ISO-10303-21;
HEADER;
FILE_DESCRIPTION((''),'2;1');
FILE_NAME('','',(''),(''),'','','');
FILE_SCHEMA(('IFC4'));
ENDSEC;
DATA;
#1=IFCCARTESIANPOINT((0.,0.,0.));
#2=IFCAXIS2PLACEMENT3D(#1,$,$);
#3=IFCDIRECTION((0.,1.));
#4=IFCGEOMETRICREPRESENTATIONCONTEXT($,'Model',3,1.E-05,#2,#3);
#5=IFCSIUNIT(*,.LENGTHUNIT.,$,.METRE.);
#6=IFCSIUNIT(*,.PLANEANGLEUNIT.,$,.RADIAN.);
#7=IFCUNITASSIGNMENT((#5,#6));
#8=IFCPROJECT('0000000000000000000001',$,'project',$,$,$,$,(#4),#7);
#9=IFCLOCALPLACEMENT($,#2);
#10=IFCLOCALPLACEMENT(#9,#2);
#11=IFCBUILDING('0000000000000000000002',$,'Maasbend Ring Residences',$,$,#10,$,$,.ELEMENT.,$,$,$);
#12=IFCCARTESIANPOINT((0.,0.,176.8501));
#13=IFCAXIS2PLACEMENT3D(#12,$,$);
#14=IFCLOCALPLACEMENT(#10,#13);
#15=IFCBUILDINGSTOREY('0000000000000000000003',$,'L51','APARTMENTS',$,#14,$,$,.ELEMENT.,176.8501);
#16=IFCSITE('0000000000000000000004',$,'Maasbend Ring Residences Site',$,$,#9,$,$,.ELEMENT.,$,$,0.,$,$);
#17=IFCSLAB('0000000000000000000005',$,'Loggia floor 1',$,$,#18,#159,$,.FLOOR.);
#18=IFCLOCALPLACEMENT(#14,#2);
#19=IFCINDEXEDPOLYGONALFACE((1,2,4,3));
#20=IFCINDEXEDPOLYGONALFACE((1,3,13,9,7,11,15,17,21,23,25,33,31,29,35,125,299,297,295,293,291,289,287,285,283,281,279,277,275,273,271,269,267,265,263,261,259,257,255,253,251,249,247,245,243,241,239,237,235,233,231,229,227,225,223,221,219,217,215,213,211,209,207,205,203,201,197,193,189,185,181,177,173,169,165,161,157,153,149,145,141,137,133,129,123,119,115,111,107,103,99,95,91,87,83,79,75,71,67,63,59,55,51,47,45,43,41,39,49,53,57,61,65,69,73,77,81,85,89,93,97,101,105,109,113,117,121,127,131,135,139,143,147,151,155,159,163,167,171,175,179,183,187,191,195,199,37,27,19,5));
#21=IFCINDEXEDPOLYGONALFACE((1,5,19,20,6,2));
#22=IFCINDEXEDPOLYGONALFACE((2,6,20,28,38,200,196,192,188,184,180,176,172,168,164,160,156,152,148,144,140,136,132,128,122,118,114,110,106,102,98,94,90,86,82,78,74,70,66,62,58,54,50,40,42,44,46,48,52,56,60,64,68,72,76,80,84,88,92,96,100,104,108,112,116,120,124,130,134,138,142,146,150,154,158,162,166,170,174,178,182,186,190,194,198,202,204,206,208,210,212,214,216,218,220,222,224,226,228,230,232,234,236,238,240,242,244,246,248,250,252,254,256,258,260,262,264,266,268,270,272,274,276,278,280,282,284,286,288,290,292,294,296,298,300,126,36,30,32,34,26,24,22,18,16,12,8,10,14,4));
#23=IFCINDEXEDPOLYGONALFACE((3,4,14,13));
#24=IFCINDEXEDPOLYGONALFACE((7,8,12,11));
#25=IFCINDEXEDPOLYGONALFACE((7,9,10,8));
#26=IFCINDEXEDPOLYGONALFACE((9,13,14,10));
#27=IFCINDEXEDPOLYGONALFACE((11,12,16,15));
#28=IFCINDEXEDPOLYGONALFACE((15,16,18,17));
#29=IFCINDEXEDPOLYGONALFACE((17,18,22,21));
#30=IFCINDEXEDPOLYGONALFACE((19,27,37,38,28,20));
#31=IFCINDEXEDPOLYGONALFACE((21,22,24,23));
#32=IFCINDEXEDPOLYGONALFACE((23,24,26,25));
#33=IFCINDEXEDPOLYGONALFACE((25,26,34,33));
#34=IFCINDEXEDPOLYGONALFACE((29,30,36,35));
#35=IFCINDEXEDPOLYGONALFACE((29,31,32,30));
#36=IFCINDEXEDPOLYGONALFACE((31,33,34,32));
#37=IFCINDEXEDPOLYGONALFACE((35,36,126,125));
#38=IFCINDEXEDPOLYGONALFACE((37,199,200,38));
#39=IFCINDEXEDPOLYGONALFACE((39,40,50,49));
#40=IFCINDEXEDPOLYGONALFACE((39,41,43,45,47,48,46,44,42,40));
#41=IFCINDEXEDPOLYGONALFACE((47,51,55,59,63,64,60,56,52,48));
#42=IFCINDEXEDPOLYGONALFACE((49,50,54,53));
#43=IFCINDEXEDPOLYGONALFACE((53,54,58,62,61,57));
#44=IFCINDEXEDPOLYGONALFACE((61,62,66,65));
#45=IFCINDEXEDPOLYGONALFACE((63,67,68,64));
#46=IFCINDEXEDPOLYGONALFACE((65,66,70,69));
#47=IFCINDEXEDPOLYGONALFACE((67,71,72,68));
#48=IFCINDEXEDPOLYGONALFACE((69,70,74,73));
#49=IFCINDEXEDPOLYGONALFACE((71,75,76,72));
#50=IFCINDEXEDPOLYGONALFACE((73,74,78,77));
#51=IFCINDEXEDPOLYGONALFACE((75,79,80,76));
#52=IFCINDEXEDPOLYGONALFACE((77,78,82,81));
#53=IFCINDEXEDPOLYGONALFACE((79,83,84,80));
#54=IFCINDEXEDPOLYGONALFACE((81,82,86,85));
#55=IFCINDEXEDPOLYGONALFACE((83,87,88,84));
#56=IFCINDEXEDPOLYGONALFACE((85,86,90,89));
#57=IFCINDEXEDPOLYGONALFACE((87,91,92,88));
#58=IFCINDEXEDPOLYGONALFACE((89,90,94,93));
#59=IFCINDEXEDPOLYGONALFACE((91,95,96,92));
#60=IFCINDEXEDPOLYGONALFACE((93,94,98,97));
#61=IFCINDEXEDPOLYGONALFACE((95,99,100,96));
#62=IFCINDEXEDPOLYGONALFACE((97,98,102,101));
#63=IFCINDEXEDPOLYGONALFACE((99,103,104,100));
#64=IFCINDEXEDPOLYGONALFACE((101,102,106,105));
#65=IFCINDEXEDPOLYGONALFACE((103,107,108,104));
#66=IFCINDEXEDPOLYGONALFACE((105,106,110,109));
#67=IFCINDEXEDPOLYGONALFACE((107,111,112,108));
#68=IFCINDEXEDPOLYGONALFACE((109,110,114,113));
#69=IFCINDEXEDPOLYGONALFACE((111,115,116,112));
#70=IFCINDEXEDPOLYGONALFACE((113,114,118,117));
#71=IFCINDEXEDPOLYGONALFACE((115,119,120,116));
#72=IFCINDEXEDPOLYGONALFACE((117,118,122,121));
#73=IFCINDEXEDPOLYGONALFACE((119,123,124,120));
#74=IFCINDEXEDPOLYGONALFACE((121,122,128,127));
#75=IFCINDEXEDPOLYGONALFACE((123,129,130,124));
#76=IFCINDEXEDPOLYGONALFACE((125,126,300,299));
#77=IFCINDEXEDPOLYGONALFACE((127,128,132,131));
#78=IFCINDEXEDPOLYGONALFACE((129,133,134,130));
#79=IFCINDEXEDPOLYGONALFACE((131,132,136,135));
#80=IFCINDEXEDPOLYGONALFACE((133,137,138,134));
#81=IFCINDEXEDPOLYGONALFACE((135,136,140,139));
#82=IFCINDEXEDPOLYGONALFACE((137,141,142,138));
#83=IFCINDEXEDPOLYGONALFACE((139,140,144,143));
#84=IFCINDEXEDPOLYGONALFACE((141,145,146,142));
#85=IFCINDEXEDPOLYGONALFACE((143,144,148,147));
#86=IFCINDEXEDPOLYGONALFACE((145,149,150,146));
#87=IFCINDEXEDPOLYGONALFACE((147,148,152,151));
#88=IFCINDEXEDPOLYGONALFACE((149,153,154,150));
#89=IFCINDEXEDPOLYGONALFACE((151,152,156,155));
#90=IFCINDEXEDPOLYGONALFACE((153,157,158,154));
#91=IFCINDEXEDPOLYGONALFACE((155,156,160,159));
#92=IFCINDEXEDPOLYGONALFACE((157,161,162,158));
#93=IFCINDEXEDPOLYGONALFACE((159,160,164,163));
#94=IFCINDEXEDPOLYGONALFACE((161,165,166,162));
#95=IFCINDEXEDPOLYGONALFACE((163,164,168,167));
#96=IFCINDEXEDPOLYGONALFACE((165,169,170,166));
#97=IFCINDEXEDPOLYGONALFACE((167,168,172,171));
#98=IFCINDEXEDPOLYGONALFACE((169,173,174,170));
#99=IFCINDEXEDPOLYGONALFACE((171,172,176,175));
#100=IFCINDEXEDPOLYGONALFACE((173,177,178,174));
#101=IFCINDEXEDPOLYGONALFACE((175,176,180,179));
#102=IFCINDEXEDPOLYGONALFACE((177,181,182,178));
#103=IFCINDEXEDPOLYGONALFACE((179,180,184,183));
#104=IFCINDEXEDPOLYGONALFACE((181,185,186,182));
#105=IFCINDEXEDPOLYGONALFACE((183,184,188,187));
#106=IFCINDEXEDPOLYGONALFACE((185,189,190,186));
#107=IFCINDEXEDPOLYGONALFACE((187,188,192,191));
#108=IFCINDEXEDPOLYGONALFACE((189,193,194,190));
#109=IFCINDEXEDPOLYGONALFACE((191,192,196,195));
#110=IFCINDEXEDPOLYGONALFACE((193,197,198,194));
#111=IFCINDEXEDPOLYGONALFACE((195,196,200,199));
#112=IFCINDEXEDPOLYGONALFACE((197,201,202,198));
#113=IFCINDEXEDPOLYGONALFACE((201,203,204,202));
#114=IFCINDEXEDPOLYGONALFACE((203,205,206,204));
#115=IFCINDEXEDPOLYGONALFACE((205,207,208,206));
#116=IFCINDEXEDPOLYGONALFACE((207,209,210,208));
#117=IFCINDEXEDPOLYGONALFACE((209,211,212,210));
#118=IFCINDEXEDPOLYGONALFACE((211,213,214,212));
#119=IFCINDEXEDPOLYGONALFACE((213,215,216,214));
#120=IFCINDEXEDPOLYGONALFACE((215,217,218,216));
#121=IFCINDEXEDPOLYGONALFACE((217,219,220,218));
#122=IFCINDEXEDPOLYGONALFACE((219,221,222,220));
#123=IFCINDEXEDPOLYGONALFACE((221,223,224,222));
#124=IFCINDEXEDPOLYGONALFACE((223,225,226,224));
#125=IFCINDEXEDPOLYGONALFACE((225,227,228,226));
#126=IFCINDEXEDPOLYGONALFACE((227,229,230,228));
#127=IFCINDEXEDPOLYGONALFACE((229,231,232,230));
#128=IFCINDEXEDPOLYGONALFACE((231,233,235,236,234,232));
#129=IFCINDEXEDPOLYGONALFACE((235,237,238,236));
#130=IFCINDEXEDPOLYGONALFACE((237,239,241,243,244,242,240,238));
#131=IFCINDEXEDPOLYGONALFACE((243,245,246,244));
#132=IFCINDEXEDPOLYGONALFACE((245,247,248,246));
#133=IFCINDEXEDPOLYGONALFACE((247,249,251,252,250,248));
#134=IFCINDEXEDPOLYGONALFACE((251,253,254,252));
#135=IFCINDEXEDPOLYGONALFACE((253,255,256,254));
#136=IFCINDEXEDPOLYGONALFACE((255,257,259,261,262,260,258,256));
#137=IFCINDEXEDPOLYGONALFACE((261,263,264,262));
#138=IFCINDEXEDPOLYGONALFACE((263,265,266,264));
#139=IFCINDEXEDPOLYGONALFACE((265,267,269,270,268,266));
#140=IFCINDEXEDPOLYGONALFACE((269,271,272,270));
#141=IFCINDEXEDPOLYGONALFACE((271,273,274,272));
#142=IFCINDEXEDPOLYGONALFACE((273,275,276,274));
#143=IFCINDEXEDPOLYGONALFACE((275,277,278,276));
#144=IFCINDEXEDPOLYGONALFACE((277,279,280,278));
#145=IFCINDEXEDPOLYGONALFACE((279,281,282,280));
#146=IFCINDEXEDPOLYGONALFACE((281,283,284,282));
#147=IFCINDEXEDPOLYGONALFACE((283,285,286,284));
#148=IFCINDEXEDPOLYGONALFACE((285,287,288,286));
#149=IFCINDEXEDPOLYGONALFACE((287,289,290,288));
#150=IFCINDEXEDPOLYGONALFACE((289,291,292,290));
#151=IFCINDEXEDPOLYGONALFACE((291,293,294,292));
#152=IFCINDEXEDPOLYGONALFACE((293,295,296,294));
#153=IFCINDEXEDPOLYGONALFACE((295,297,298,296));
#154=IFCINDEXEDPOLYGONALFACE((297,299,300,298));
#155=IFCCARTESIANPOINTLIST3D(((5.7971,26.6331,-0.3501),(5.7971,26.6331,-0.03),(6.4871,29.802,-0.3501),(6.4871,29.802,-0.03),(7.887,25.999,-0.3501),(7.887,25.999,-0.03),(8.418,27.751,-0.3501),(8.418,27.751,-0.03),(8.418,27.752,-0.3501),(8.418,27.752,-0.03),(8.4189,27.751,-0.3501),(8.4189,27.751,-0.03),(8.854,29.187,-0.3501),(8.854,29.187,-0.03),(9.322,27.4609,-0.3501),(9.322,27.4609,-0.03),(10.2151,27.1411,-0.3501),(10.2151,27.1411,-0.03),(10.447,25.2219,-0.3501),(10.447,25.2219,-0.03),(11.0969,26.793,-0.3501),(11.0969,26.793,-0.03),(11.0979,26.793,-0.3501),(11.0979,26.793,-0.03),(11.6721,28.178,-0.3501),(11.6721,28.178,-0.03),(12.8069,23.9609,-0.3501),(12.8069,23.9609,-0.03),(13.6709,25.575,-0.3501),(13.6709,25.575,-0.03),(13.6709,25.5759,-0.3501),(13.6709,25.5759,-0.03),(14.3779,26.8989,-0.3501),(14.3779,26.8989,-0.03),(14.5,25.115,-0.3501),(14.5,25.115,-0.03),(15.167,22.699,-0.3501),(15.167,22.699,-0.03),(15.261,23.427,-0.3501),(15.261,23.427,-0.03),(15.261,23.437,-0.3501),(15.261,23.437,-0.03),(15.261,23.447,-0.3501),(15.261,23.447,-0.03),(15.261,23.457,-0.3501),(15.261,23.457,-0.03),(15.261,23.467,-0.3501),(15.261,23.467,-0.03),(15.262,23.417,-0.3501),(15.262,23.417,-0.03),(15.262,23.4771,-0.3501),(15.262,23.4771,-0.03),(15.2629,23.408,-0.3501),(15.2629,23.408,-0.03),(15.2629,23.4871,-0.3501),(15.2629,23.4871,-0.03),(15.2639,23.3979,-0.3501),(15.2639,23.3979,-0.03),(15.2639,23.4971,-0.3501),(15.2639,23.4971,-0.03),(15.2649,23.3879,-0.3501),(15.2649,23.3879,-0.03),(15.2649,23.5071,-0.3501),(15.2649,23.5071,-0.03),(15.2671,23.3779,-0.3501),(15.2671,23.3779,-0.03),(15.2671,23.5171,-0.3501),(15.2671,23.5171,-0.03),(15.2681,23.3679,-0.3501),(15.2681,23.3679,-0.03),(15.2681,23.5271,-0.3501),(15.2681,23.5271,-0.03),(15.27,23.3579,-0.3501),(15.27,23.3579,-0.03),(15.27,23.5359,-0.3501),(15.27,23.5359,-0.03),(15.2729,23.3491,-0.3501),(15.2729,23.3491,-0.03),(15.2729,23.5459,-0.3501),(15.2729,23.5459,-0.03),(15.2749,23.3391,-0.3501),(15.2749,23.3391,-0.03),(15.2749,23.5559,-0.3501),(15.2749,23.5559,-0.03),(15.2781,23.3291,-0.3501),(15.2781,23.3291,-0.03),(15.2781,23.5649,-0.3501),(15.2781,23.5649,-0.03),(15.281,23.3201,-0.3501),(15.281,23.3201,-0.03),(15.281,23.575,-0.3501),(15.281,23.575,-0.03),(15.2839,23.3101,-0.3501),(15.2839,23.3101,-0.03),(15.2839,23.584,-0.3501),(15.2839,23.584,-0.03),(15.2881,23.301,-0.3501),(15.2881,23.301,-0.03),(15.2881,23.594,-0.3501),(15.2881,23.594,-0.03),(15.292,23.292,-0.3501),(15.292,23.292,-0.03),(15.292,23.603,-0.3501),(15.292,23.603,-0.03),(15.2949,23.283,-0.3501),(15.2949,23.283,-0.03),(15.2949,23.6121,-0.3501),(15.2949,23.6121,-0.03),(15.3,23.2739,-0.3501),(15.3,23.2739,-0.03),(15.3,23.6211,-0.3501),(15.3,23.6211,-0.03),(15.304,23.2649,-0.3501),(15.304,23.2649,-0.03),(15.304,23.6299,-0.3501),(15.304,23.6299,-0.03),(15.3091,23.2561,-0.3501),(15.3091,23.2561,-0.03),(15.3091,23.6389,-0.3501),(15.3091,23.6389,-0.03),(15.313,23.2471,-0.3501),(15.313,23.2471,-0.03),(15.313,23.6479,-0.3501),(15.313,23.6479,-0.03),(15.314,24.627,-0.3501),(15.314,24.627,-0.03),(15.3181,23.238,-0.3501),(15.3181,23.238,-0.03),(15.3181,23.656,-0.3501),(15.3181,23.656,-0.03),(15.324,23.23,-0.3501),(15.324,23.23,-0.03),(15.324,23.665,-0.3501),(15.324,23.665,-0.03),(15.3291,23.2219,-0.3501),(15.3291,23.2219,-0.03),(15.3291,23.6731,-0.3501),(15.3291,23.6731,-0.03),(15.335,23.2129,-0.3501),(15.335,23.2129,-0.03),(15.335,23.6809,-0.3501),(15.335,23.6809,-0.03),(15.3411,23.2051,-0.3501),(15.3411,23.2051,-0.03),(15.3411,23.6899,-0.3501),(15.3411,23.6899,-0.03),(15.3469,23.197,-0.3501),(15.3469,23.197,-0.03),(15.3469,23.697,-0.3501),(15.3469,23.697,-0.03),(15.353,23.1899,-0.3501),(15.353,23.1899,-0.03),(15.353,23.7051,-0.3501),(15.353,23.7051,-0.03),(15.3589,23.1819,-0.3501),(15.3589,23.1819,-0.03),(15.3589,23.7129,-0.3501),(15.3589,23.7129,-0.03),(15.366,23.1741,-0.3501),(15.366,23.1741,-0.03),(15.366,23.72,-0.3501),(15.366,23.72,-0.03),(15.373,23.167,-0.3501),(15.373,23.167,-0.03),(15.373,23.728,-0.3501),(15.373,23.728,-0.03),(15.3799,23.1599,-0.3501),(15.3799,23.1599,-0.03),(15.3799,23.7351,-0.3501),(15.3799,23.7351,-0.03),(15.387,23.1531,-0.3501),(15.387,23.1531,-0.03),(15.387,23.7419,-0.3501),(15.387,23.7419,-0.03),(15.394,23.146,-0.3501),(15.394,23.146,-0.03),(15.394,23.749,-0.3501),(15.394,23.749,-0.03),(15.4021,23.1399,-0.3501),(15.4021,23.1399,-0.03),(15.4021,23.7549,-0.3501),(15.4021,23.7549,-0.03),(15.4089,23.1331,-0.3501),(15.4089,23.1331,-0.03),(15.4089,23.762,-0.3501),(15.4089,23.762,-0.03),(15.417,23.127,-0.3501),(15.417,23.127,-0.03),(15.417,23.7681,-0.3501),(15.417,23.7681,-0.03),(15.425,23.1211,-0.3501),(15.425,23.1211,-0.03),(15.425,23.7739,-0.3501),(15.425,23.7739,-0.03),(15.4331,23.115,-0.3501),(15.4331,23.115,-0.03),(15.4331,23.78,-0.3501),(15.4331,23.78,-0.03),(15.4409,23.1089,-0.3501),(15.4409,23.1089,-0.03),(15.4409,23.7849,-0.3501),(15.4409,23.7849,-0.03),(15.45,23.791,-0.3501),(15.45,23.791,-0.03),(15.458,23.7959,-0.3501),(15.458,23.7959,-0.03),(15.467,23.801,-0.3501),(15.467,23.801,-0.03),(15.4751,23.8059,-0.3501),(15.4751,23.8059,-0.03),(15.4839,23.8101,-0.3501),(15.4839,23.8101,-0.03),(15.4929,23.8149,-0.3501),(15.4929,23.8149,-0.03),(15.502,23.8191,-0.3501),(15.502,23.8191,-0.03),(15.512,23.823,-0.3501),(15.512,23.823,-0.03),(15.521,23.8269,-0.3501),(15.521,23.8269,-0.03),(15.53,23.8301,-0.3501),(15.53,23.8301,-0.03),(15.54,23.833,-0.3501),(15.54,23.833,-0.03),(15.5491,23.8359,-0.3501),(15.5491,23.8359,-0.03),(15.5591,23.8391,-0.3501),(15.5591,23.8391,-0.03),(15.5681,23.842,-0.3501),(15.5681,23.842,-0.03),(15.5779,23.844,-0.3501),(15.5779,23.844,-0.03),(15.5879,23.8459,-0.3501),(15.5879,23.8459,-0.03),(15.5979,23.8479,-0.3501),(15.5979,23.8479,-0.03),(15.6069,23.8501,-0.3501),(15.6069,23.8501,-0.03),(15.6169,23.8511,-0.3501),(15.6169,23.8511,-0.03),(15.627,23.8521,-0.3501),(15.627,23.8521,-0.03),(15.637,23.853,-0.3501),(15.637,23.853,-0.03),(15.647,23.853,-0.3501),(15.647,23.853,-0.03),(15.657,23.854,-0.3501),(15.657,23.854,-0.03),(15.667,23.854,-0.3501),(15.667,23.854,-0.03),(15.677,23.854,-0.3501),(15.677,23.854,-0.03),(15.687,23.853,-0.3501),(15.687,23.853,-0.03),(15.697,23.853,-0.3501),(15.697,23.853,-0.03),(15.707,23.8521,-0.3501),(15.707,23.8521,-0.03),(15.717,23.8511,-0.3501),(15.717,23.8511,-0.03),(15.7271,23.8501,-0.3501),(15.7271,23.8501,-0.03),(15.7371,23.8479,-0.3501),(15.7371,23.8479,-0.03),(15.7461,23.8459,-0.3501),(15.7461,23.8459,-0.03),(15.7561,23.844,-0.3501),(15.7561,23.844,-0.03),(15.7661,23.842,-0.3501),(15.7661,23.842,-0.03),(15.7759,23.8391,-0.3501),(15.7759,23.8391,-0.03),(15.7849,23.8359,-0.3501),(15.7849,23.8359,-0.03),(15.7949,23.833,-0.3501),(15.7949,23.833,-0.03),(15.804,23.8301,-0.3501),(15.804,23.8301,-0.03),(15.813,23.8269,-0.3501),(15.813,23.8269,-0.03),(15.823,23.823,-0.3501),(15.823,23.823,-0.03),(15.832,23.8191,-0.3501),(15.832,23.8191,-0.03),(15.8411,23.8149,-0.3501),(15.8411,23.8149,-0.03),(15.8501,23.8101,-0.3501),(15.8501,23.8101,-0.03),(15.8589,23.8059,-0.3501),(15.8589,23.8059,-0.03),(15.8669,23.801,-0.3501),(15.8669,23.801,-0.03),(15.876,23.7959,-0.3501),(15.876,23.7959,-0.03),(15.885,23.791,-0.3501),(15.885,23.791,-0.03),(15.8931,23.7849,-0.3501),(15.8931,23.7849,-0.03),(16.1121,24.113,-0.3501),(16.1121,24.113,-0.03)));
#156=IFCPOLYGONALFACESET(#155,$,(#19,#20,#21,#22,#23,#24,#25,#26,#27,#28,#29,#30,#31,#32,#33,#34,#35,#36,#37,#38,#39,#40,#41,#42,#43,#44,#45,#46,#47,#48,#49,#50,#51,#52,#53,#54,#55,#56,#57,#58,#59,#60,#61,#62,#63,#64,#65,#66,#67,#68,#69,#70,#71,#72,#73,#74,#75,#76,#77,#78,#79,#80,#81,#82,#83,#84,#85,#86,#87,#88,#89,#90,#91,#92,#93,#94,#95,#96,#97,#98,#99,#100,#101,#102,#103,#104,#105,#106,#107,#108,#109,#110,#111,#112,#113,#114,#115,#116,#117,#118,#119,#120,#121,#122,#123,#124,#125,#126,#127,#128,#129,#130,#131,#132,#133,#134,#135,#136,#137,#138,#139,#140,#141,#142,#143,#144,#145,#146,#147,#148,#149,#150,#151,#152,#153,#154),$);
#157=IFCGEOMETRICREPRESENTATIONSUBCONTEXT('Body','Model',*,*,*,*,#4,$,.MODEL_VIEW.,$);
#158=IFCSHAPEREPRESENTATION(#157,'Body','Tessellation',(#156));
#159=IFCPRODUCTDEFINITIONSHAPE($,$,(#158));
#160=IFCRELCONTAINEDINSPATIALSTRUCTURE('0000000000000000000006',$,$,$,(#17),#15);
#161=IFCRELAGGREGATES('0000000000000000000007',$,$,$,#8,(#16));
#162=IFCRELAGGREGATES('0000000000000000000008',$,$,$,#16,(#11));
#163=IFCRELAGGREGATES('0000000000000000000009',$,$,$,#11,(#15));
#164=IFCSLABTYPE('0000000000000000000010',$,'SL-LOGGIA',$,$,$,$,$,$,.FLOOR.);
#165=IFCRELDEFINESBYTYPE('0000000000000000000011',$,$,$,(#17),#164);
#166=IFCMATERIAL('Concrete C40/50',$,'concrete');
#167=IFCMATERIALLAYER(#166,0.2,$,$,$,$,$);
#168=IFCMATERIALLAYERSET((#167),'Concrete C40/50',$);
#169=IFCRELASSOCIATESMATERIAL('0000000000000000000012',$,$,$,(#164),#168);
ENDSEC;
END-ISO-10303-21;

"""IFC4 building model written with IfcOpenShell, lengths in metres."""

from ifc_helpers import new_model, si_unit, direction, frame, origin, place, context, subcontext, project, spatial, polyline, outline, extrude, material, layer, layer_set, type_object, element, save


model = new_model("IFC4")

# Units and contexts
model_context = context("Model", 3, precision=1e-05, world=origin(), true_north=direction((0.0, 1.0)))
body_context = subcontext(model_context, "Body", "Model", "MODEL_VIEW")
ifc_project = project(units=[si_unit("LENGTHUNIT", "METRE"), si_unit("PLANEANGLEUNIT", "RADIAN")], contexts=[model_context])

# Site, building, storey
site_placement = place(None, origin())
site = spatial("IfcSite", under=ifc_project, at=site_placement, Name="Maasbend Ring Residences Site", CompositionType="ELEMENT", RefElevation=0.0)
building_placement = place(site_placement, origin())
building = spatial("IfcBuilding", under=site, at=building_placement, Name="Maasbend Ring Residences", CompositionType="ELEMENT")
storey_placement = place(building_placement, frame((0.0, 0.0, 176.8501)))
storey = spatial("IfcBuildingStorey", under=building, at=storey_placement, Name="L51", Description="APARTMENTS", CompositionType="ELEMENT", Elevation=176.8501)

# Slab
ifc_material_1 = material(Name="Concrete C40/50", Category="concrete")
ifc_layer_1 = layer(ifc_material_1, 0.2)
ifc_layer_set_1 = layer_set([ifc_layer_1], Name="Concrete C40/50")
slab_type_1 = type_object("IfcSlabType", Name="SL-LOGGIA", PredefinedType="FLOOR", material=ifc_layer_set_1)
slab_1_placement = place(storey_placement, frame((0.0, 0.0, -0.3501)))
element("IfcSlab", 1, at=slab_1_placement, inside=storey, type_object=slab_type_1, Name="Loggia floor 1", PredefinedType="FLOOR", context=body_context, shape_type="SweptSolid", body=[
    extrude(outline(polyline([(8.854, 29.187), (8.854, 29.187), (8.854, 29.187), (8.418, 27.752), (8.418, 27.752), (8.418, 27.752), (8.418, 27.752), (8.418, 27.752), (8.418, 27.752), (8.418, 27.751), (8.418, 27.751), (8.418, 27.751), (8.418, 27.751), (8.418, 27.751), (8.4189, 27.751), (8.4189, 27.751), (8.4189, 27.751), (8.4189, 27.751), (8.4189, 27.751), (8.4189, 27.751), (9.322, 27.4609), (9.322, 27.4609), (10.2151, 27.1411), (10.2151, 27.1411), (11.0969, 26.793), (11.0969, 26.793), (11.0969, 26.793), (11.0979, 26.793), (11.0979, 26.793), (11.0979, 26.793), (11.0979, 26.793), (11.0979, 26.793), (11.0979, 26.793), (11.0979, 26.793), (11.0979, 26.793), (11.0979, 26.793), (11.0979, 26.793), (11.0979, 26.793), (11.0979, 26.793), (11.0979, 26.793), (11.0979, 26.793), (11.6721, 28.178), (11.6721, 28.178), (11.6721, 28.178), (14.3779, 26.8989), (14.3779, 26.8989), (14.3779, 26.8989), (13.6709, 25.5759), (13.6709, 25.5759), (13.6709, 25.5759), (13.6709, 25.5759), (13.6709, 25.5759), (13.6709, 25.5759), (13.6709, 25.5759), (13.6709, 25.5759), (13.6709, 25.5759), (13.6709, 25.5759), (13.6709, 25.5759), (13.6709, 25.5759), (13.6709, 25.5759), (13.6709, 25.5759), (13.6709, 25.5759), (13.6709, 25.5759), (13.6709, 25.575), (14.5, 25.115), (14.5, 25.115), (15.314, 24.627), (15.314, 24.627), (16.1121, 24.113), (16.1121, 24.113), (16.1121, 24.113), (15.8931, 23.7849), (15.885, 23.791), (15.876, 23.7959), (15.8669, 23.801), (15.8589, 23.8059), (15.8501, 23.8101), (15.8411, 23.8149), (15.832, 23.8191), (15.823, 23.823), (15.813, 23.8269), (15.804, 23.8301), (15.7949, 23.833), (15.7849, 23.8359), (15.7759, 23.8391), (15.7661, 23.842), (15.7561, 23.844), (15.7461, 23.8459), (15.7371, 23.8479), (15.7271, 23.8501), (15.717, 23.8511), (15.707, 23.8521), (15.697, 23.853), (15.687, 23.853), (15.677, 23.854), (15.667, 23.854), (15.657, 23.854), (15.647, 23.853), (15.637, 23.853), (15.627, 23.8521), (15.6169, 23.8511), (15.6069, 23.8501), (15.5979, 23.8479), (15.5879, 23.8459), (15.5779, 23.844), (15.5681, 23.842), (15.5591, 23.8391), (15.5491, 23.8359), (15.54, 23.833), (15.53, 23.8301), (15.521, 23.8269), (15.512, 23.823), (15.502, 23.8191), (15.4929, 23.8149), (15.4839, 23.8101), (15.4751, 23.8059), (15.467, 23.801), (15.458, 23.7959), (15.45, 23.791), (15.4409, 23.7849), (15.4331, 23.78), (15.425, 23.7739), (15.417, 23.7681), (15.4089, 23.762), (15.4021, 23.7549), (15.394, 23.749), (15.387, 23.7419), (15.3799, 23.7351), (15.373, 23.728), (15.366, 23.72), (15.3589, 23.7129), (15.353, 23.7051), (15.3469, 23.697), (15.3411, 23.6899), (15.335, 23.6809), (15.3291, 23.6731), (15.324, 23.665), (15.3181, 23.656), (15.313, 23.6479), (15.3091, 23.6389), (15.304, 23.6299), (15.3, 23.6211), (15.2949, 23.6121), (15.292, 23.603), (15.2881, 23.594), (15.2839, 23.584), (15.281, 23.575), (15.2781, 23.5649), (15.2749, 23.5559), (15.2729, 23.5459), (15.27, 23.5359), (15.2681, 23.5271), (15.2671, 23.5171), (15.2649, 23.5071), (15.2639, 23.4971), (15.2629, 23.4871), (15.262, 23.4771), (15.261, 23.467), (15.261, 23.457), (15.261, 23.447), (15.261, 23.437), (15.261, 23.427), (15.262, 23.417), (15.2629, 23.408), (15.2639, 23.3979), (15.2649, 23.3879), (15.2671, 23.3779), (15.2681, 23.3679), (15.27, 23.3579), (15.2729, 23.3491), (15.2749, 23.3391), (15.2781, 23.3291), (15.281, 23.3201), (15.2839, 23.3101), (15.2881, 23.301), (15.292, 23.292), (15.2949, 23.283), (15.3, 23.2739), (15.304, 23.2649), (15.3091, 23.2561), (15.313, 23.2471), (15.3181, 23.238), (15.324, 23.23), (15.3291, 23.2219), (15.335, 23.2129), (15.3411, 23.2051), (15.3469, 23.197), (15.353, 23.1899), (15.3589, 23.1819), (15.366, 23.1741), (15.373, 23.167), (15.3799, 23.1599), (15.387, 23.1531), (15.394, 23.146), (15.4021, 23.1399), (15.4089, 23.1331), (15.417, 23.127), (15.425, 23.1211), (15.4331, 23.115), (15.4409, 23.1089), (15.167, 22.699), (15.167, 22.699), (15.167, 22.699), (12.8069, 23.9609), (10.447, 25.2219), (10.447, 25.2219), (10.447, 25.2219), (7.887, 25.999), (5.7971, 26.6331), (5.7971, 26.6331), (5.7971, 26.6331), (6.4871, 29.802), (6.4871, 29.802), (6.4871, 29.802), (8.854, 29.187)])), origin(), (0.0, 0.0, 1.0), 0.3201),
])

save(model, "model.ifc")
